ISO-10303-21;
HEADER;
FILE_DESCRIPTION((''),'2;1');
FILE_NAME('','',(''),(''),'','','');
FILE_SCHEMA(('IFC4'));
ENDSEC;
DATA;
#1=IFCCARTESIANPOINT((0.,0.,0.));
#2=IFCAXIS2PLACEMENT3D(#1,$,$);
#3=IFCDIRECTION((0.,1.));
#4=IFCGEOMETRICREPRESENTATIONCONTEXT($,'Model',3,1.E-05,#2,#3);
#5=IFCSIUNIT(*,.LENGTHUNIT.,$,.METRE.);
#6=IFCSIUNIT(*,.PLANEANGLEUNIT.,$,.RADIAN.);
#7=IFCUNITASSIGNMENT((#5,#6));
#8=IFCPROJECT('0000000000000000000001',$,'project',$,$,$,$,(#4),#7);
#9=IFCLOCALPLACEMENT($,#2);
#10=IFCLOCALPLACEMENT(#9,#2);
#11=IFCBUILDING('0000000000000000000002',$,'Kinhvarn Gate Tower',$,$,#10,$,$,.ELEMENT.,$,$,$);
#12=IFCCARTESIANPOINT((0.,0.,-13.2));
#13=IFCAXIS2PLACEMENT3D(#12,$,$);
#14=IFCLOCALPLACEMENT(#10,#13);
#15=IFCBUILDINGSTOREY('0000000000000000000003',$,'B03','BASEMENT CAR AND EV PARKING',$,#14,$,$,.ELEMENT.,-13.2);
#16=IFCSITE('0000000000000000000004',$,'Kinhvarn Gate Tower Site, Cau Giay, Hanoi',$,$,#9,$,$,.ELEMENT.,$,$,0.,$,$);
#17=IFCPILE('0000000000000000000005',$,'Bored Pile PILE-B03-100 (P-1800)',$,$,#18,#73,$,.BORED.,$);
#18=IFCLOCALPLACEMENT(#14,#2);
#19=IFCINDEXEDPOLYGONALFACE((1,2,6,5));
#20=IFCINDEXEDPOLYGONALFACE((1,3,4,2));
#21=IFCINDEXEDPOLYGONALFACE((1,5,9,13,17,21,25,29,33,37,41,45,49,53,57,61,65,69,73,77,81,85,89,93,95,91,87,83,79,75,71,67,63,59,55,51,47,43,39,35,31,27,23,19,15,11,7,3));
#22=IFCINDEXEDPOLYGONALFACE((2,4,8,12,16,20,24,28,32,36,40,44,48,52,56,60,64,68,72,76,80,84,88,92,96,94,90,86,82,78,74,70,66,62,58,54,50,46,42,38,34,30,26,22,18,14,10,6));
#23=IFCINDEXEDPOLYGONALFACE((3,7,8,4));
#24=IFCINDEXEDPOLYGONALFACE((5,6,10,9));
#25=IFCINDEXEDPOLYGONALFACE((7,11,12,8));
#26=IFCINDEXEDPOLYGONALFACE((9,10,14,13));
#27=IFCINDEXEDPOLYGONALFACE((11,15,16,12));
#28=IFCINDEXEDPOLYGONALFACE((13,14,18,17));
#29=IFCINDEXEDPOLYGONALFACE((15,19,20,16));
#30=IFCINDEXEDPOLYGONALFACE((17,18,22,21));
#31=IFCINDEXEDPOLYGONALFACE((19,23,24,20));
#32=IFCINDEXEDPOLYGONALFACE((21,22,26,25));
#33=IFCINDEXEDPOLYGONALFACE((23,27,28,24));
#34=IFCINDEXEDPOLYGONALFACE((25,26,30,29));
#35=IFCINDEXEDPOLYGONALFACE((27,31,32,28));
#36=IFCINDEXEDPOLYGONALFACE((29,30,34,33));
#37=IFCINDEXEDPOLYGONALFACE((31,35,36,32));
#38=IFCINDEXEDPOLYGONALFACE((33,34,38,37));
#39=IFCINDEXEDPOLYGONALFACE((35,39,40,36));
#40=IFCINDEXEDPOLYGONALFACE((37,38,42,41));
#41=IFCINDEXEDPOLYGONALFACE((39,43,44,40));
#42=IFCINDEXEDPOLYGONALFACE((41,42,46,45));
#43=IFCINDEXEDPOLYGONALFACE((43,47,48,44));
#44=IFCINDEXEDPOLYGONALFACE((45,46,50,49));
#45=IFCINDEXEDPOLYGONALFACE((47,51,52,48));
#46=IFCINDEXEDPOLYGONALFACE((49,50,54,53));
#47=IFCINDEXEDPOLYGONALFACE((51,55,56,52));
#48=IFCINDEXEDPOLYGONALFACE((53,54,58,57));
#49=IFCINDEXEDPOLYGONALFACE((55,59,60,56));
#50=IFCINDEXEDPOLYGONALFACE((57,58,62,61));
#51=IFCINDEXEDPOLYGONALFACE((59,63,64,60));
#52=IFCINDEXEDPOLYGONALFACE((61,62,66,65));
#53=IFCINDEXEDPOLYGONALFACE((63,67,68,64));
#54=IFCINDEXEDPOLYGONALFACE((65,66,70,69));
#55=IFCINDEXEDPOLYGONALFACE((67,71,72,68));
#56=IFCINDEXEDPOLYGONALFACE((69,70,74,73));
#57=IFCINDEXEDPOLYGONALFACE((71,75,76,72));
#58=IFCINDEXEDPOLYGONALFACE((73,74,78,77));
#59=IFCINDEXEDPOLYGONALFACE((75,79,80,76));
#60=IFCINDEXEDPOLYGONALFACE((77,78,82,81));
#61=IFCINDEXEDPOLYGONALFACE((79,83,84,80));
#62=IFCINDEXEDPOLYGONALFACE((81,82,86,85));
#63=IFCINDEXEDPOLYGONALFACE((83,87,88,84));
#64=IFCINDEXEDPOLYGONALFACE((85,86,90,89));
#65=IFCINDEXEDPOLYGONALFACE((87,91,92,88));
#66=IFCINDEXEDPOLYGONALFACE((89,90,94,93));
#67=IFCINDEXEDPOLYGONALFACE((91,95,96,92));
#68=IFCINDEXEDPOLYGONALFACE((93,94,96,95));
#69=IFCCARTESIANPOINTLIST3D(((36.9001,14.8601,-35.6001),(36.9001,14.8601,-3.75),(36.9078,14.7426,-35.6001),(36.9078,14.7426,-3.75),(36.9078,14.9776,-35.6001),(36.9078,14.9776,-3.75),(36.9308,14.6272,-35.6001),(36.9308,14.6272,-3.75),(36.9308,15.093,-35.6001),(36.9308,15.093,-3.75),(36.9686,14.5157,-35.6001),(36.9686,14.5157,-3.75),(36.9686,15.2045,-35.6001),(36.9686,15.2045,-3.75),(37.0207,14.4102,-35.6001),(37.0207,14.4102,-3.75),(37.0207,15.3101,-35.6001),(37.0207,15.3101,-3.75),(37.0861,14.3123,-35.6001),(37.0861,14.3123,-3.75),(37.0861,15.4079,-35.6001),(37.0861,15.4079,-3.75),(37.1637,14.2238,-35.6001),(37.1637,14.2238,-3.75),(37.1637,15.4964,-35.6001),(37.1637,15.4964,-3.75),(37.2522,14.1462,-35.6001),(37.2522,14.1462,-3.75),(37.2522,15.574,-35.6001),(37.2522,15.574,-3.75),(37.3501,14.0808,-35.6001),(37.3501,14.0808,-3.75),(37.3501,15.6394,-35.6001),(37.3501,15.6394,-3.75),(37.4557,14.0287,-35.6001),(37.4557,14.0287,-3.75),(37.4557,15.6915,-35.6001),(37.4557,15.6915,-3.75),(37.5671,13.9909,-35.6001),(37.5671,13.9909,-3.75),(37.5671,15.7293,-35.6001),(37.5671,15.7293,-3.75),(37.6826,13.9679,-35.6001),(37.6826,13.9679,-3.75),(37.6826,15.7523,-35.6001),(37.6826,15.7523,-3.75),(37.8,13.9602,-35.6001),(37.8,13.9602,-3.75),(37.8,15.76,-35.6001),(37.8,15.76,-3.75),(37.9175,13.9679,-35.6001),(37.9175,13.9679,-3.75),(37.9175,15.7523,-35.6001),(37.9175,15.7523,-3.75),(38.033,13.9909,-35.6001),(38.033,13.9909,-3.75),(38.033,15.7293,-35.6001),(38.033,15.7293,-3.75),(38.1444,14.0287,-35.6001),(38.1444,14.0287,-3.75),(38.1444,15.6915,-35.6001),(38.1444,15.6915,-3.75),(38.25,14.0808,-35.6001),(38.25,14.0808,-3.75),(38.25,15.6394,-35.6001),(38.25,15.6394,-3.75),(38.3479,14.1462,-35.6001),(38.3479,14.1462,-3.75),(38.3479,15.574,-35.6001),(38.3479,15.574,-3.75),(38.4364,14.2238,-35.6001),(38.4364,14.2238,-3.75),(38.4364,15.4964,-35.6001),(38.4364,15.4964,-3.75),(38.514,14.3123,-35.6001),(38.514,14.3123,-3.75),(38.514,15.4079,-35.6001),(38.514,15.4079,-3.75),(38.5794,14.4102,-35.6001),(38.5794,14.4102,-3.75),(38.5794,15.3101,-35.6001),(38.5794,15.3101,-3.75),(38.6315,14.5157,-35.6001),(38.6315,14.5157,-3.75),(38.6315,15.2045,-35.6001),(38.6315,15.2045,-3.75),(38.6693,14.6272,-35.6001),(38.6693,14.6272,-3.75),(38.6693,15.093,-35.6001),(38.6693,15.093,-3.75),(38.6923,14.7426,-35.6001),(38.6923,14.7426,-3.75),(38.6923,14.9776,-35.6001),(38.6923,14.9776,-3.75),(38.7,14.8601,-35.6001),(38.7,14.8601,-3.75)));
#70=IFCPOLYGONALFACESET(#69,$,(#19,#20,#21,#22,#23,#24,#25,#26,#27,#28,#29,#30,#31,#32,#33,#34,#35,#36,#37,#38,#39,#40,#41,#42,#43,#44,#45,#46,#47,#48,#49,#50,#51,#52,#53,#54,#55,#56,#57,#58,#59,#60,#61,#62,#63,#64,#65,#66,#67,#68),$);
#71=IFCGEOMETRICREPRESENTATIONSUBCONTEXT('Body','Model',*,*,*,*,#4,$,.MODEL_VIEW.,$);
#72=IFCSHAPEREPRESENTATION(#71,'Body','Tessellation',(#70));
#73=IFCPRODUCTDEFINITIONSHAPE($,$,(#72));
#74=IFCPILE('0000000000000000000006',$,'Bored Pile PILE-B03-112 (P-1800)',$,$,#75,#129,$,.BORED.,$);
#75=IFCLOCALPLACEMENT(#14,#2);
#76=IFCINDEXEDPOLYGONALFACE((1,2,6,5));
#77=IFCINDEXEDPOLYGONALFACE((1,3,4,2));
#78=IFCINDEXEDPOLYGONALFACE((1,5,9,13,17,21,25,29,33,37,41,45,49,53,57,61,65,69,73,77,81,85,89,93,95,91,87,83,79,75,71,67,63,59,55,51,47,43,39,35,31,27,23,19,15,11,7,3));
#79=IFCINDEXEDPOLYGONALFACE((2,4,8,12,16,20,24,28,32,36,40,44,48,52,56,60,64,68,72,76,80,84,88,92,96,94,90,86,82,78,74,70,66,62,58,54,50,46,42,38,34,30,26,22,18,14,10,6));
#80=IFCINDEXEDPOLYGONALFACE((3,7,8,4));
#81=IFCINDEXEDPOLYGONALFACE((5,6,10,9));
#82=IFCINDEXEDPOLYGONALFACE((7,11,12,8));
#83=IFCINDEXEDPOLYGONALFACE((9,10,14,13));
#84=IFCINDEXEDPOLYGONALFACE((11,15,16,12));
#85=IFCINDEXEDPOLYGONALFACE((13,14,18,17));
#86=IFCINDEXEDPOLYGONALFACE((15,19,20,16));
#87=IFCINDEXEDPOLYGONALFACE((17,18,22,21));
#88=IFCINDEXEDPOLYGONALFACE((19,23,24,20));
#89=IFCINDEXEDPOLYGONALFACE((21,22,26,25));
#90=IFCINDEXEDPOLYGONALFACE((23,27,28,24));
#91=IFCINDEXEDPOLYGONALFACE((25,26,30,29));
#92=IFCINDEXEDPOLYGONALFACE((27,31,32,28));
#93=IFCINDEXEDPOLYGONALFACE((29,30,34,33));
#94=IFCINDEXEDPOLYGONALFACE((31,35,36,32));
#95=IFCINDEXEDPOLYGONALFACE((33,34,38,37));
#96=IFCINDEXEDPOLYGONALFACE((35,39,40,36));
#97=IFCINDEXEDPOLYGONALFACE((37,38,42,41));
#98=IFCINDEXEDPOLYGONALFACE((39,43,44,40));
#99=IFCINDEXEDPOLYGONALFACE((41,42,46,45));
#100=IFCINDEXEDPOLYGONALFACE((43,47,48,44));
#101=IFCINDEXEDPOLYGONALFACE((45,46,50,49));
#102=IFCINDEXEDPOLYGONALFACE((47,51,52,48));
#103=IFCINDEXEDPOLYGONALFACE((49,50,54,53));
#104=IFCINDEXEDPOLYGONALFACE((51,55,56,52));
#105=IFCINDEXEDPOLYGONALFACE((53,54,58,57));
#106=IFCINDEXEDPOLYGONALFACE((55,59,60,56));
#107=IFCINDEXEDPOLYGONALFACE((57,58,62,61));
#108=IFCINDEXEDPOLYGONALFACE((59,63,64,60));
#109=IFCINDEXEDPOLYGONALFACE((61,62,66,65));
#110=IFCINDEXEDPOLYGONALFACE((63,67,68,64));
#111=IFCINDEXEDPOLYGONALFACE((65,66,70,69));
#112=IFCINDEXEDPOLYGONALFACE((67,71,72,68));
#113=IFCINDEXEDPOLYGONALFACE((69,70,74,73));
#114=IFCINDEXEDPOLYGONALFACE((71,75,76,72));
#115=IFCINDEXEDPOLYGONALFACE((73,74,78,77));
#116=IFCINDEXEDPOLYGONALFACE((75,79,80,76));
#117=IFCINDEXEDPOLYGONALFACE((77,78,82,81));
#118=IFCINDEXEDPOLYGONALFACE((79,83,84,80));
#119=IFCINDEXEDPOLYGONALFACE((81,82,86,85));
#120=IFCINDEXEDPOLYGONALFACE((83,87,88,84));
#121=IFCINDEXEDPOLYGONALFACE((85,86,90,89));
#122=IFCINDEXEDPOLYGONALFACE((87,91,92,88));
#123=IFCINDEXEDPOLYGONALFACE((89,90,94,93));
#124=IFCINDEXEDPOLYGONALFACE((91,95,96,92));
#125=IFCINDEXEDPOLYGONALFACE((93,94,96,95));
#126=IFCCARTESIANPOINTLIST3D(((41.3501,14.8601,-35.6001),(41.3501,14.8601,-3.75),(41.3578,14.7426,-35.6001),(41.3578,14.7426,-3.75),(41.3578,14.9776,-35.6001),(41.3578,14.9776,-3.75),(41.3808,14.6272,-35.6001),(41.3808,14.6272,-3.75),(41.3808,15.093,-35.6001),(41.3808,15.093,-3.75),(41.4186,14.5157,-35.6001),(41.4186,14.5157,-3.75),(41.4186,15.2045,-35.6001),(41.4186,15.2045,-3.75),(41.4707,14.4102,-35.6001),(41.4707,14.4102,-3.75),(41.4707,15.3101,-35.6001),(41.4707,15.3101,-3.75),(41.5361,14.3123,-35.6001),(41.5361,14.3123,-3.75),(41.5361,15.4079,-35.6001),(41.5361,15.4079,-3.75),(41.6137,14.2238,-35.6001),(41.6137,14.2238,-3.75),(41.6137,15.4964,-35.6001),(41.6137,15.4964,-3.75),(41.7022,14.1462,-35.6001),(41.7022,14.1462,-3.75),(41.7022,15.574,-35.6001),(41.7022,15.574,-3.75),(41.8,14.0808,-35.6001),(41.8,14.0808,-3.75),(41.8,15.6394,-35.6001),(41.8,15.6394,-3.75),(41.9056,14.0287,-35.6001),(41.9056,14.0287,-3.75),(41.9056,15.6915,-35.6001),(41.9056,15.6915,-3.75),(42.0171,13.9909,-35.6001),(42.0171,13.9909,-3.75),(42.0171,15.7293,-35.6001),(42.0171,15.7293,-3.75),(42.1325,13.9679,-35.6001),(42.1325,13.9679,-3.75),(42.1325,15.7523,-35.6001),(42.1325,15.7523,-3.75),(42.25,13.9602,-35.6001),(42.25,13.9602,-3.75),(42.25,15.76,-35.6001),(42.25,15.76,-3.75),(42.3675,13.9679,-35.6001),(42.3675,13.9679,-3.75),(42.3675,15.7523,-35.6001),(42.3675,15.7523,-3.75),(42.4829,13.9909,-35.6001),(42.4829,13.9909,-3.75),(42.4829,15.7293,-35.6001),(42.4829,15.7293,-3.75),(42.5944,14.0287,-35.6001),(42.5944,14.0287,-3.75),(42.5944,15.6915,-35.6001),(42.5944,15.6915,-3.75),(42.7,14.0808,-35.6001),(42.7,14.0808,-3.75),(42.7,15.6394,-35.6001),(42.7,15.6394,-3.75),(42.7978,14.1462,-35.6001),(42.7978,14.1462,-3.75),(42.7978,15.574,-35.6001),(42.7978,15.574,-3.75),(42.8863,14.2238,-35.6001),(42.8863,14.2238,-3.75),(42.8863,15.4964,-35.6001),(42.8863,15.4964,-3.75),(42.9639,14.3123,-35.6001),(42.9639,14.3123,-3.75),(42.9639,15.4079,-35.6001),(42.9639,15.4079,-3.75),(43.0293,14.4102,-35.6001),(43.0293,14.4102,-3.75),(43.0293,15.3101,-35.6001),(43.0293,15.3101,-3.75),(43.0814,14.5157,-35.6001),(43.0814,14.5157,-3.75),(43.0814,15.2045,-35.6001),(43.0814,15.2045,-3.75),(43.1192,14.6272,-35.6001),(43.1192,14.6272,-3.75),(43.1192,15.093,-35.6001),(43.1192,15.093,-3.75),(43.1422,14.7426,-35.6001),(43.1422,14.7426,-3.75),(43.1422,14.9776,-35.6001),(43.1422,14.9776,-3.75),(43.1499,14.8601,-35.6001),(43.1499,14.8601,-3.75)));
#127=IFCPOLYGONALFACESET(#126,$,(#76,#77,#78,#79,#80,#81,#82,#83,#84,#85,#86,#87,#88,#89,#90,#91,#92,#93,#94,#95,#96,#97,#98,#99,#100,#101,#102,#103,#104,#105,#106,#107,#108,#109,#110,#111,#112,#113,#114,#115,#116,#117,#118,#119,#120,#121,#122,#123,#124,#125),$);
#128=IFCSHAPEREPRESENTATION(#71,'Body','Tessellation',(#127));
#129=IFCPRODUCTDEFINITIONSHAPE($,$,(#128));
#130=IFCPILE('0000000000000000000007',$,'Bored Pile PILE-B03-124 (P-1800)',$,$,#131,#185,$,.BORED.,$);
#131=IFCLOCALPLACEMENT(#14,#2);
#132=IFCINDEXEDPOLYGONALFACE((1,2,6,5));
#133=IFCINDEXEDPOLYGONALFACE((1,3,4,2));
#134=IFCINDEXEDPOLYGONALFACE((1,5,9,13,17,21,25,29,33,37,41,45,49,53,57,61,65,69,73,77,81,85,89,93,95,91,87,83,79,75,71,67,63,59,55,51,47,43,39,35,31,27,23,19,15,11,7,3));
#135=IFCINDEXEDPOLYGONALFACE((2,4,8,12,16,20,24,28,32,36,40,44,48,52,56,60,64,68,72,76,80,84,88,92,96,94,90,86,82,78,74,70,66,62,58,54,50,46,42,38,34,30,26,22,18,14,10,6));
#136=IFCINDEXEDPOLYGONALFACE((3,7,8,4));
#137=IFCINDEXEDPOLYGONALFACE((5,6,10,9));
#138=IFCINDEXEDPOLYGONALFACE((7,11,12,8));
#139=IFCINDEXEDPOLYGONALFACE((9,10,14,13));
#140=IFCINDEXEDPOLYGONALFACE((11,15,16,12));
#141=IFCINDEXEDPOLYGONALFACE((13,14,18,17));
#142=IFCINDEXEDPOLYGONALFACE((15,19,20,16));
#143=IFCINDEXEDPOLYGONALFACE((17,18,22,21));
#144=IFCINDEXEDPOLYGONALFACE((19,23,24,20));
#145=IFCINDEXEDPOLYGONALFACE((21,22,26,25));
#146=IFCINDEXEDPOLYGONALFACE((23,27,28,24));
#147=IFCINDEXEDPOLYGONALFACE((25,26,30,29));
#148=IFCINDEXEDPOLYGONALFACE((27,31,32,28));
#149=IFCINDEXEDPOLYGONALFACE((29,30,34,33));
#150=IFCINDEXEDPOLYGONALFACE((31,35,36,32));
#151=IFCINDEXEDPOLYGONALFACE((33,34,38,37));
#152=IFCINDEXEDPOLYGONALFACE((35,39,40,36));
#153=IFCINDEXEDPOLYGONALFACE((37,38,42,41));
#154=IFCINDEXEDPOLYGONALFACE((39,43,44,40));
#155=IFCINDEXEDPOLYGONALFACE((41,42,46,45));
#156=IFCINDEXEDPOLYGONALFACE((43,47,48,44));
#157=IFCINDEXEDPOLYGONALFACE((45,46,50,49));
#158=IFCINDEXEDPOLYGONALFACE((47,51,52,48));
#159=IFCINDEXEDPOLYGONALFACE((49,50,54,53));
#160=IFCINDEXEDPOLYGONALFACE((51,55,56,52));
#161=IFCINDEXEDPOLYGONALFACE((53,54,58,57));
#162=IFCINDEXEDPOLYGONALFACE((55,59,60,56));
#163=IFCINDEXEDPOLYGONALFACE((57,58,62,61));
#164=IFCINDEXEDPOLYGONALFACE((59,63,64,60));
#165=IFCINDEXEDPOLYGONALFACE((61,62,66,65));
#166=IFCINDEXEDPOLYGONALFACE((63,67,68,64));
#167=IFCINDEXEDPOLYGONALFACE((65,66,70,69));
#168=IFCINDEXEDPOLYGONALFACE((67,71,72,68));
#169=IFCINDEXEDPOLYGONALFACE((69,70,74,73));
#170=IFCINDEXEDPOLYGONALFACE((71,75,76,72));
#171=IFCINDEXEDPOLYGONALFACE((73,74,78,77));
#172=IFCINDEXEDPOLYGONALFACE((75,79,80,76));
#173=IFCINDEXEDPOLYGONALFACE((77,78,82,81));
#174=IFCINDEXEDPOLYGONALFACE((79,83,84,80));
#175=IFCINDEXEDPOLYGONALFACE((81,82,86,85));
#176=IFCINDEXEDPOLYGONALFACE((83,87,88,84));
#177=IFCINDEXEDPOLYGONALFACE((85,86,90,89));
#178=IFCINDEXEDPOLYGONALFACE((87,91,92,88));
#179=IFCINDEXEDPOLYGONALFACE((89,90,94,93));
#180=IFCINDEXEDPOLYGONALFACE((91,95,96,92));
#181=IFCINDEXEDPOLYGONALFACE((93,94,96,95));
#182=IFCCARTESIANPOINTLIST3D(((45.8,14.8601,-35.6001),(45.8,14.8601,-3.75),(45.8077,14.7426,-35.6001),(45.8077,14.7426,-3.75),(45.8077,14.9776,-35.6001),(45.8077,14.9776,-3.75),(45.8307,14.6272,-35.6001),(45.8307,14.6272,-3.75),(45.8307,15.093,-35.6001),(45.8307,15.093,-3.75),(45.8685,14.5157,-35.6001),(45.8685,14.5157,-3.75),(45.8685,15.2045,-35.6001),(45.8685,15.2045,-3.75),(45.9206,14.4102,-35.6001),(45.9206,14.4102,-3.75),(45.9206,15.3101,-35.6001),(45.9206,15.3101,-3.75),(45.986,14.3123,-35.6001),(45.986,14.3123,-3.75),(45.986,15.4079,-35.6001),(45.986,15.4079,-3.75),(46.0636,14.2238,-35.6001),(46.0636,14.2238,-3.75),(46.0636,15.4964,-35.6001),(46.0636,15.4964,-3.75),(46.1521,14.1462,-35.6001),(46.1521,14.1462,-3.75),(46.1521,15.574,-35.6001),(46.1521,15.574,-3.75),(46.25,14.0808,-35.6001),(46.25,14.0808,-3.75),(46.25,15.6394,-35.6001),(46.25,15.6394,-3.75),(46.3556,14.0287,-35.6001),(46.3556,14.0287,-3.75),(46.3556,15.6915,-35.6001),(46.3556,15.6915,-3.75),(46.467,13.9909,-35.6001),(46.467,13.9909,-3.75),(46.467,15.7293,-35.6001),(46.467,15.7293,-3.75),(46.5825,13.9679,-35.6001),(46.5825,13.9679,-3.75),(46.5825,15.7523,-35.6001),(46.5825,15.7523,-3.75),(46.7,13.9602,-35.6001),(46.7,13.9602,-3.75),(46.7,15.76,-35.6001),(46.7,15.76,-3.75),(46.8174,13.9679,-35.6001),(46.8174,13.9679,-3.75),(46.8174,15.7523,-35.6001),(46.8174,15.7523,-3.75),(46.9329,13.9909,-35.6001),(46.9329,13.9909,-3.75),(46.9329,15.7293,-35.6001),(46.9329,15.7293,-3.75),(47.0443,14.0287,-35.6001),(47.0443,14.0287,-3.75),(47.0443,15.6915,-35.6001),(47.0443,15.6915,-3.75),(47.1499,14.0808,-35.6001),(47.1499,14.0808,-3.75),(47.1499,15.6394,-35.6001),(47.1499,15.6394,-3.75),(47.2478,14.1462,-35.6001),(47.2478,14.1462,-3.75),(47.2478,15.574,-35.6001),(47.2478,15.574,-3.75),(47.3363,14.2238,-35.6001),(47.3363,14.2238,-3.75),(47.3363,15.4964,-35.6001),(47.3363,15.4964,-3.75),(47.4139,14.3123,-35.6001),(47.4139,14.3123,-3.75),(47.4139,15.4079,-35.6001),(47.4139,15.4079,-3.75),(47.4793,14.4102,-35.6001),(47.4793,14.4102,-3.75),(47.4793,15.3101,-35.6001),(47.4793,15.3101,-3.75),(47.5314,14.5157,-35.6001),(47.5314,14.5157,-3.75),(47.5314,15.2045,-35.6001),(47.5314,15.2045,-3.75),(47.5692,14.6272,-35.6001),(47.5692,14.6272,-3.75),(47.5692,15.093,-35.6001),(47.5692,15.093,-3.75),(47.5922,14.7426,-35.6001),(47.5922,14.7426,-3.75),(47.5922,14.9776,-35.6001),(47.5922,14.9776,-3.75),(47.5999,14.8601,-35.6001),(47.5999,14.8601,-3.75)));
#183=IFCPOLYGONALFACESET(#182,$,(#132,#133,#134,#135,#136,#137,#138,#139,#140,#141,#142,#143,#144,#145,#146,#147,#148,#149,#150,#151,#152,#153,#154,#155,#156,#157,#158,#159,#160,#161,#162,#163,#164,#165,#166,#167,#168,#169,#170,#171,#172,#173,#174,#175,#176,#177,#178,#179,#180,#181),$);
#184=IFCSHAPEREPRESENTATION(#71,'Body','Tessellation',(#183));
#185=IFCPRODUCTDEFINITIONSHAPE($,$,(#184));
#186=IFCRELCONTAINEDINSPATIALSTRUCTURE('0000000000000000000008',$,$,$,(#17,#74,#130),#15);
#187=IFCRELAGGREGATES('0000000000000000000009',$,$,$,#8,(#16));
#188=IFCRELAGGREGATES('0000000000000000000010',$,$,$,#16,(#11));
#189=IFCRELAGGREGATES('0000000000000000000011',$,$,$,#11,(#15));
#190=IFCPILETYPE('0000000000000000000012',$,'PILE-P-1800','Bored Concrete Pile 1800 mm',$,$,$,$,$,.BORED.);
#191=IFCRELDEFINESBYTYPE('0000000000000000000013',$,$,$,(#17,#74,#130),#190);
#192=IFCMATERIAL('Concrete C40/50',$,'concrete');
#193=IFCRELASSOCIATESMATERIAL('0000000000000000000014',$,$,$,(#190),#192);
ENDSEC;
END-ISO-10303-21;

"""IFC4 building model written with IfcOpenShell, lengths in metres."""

from ifc_helpers import new_model, si_unit, direction, frame, origin, origin_2d, place, context, subcontext, project, spatial, circle, extrude, material, material_profile, profile_set, type_object, element, save


model = new_model("IFC4")

# Units and contexts
model_context = context("Model", 3, precision=1e-05, world=origin(), true_north=direction((0.0, 1.0)))
body_context = subcontext(model_context, "Body", "Model", "MODEL_VIEW")
ifc_project = project(units=[si_unit("LENGTHUNIT", "METRE"), si_unit("PLANEANGLEUNIT", "RADIAN")], contexts=[model_context])

# Site, building, storey
site_placement = place(None, origin())
site = spatial("IfcSite", under=ifc_project, at=site_placement, Name="Kinhvarn Gate Tower Site, Cau Giay, Hanoi", CompositionType="ELEMENT", RefElevation=0.0)
building_placement = place(site_placement, origin())
building = spatial("IfcBuilding", under=site, at=building_placement, Name="Kinhvarn Gate Tower", CompositionType="ELEMENT")
storey_placement = place(building_placement, frame((0.0, 0.0, -13.2)))
storey = spatial("IfcBuildingStorey", under=building, at=storey_placement, Name="B03", Description="BASEMENT CAR AND EV PARKING", CompositionType="ELEMENT", Elevation=-13.2)

# Piles
ifc_material_1 = material(Name="Concrete C40/50", Category="concrete")
ifc_material_profile_1 = material_profile(ifc_material_1, circle(Radius=0.8999, at=origin_2d()), Name="PILE D1800")
ifc_profile_set_1 = profile_set([ifc_material_profile_1], Name="Concrete C40/50")
pile_type_1 = type_object("IfcPileType", Name="PILE-P-1800", Description="Bored Concrete Pile 1800 mm", PredefinedType="BORED", material=ifc_profile_set_1)
for number, where, z_axis, x_axis, name in (
    (1, (37.8, 14.8601, -35.6001), (0.0, 0.0, 1.0), (1.0, 0.0, 0.0), "Bored Pile PILE-B03-100 (P-1800)"),
    (2, (42.25, 14.8601, -35.6001), (0.0, 0.0, 1.0), (1.0, 0.0, 0.0), "Bored Pile PILE-B03-112 (P-1800)"),
    (3, (46.7, 14.8601, -35.6001), (0.0, 0.0, 1.0), (1.0, 0.0, 0.0), "Bored Pile PILE-B03-124 (P-1800)"),
):
    element("IfcPile", number, at=place(storey_placement, frame(where, z_axis=z_axis, x_axis=x_axis)), inside=storey, type_object=pile_type_1, Name=name, PredefinedType="BORED", context=body_context, shape_type="SweptSolid", body=[
        extrude(circle(Radius=0.8999, at=origin_2d()), origin(), (0.0, 0.0, 1.0), 31.8501),
    ])

save(model, "model.ifc")
